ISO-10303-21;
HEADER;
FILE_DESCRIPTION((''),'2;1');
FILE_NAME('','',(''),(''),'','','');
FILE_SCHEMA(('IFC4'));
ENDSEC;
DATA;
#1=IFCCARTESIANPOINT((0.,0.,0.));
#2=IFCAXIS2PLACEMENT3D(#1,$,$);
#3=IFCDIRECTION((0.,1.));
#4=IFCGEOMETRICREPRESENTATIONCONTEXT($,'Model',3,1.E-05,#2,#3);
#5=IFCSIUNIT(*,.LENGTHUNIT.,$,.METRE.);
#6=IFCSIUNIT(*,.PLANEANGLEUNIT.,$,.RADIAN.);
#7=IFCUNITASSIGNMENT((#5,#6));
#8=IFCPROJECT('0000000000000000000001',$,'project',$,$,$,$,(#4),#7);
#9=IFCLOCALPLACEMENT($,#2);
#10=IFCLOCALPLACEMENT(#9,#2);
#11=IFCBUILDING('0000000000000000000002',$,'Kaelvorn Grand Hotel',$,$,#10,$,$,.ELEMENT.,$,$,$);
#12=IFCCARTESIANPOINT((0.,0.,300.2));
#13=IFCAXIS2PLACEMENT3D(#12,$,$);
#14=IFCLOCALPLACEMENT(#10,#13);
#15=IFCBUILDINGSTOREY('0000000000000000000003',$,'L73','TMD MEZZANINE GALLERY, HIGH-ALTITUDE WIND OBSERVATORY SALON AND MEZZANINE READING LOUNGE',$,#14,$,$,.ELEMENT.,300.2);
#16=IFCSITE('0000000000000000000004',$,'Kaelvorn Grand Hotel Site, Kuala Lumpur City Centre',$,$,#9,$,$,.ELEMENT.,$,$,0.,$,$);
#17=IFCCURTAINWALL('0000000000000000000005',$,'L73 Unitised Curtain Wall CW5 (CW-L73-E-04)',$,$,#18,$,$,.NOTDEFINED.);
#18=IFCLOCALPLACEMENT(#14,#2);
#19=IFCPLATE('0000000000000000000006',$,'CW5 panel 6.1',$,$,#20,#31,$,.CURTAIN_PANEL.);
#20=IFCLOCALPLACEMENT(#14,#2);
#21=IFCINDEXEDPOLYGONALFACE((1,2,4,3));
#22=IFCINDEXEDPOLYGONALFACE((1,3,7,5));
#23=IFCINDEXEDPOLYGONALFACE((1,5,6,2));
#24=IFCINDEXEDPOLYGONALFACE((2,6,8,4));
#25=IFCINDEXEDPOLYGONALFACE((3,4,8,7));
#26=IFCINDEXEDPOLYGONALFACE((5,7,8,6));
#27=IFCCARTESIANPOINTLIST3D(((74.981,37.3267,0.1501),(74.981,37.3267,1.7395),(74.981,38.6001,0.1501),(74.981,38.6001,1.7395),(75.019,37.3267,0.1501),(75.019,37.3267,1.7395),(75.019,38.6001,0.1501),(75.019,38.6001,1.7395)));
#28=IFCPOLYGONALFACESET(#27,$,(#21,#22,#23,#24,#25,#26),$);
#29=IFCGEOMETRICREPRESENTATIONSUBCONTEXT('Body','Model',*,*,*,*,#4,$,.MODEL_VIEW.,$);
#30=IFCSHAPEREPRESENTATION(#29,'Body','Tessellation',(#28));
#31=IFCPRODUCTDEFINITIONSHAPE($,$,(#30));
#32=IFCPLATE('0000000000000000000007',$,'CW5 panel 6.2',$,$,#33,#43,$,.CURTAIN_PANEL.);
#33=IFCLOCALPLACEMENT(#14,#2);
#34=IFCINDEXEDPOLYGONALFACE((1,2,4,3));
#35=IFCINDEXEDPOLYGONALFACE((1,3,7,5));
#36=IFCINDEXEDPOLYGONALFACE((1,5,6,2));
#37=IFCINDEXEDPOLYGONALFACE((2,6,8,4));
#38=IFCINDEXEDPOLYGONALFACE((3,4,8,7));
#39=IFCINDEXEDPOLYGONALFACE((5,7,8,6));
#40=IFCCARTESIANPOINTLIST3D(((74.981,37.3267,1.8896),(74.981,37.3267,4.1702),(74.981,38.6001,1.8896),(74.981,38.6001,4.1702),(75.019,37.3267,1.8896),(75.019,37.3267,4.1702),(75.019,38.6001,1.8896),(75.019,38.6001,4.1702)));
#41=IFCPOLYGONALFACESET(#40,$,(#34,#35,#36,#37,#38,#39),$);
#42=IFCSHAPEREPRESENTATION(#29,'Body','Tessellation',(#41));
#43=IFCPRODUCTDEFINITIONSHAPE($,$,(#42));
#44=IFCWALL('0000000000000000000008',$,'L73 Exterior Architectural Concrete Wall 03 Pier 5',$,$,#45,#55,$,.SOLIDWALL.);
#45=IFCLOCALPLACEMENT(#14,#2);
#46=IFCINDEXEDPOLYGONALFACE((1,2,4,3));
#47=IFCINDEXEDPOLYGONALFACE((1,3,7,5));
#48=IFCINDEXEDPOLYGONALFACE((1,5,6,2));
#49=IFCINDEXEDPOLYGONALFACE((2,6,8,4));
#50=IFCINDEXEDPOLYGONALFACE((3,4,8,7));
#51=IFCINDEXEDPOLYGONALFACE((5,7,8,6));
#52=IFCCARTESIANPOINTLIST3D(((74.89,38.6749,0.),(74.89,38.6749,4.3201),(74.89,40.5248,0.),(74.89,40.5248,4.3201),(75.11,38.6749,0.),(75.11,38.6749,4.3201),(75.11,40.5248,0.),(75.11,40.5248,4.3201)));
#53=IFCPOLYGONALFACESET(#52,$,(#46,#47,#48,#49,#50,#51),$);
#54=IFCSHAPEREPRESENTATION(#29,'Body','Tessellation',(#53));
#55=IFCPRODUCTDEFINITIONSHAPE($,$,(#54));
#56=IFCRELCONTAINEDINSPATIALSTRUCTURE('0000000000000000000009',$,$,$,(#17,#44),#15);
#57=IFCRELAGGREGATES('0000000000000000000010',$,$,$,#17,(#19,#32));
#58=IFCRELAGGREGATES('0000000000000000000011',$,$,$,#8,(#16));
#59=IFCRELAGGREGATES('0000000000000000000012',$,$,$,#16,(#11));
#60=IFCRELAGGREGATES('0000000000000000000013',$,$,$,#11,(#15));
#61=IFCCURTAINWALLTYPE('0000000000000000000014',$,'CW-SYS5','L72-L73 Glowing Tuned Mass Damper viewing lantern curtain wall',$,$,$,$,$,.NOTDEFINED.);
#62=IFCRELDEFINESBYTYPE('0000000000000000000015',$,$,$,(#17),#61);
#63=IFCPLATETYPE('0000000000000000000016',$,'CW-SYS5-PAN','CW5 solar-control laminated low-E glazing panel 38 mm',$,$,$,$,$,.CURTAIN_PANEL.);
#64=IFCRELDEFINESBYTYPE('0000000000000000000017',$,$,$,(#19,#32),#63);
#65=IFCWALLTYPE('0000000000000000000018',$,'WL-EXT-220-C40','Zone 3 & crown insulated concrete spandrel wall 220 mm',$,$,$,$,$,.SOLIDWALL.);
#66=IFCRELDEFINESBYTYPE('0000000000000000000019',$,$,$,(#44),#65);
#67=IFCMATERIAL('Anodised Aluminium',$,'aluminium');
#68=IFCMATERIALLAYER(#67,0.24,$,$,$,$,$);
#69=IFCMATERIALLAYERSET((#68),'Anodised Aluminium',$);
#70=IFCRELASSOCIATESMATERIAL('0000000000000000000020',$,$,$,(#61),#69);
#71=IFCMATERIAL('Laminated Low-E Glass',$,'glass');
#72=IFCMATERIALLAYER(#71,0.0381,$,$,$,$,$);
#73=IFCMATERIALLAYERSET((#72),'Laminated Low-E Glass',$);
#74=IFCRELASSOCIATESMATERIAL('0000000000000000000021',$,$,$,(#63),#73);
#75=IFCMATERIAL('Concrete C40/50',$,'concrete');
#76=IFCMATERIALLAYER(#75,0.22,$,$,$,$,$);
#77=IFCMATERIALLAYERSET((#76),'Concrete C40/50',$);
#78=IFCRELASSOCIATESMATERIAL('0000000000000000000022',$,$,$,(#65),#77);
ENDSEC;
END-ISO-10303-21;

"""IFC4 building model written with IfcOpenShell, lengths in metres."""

from ifc_helpers import new_model, si_unit, direction, frame, frame_2d, origin, origin_2d, place, context, subcontext, project, spatial, rectangle, extrude, material, layer, layer_set, type_object, element, aggregate, save


model = new_model("IFC4")

# Units and contexts
model_context = context("Model", 3, precision=1e-05, world=origin(), true_north=direction((0.0, 1.0)))
body_context = subcontext(model_context, "Body", "Model", "MODEL_VIEW")
ifc_project = project(units=[si_unit("LENGTHUNIT", "METRE"), si_unit("PLANEANGLEUNIT", "RADIAN")], contexts=[model_context])

# Site, building, storey
site_placement = place(None, origin())
site = spatial("IfcSite", under=ifc_project, at=site_placement, Name="Kaelvorn Grand Hotel Site, Kuala Lumpur City Centre", CompositionType="ELEMENT", RefElevation=0.0)
building_placement = place(site_placement, origin())
building = spatial("IfcBuilding", under=site, at=building_placement, Name="Kaelvorn Grand Hotel", CompositionType="ELEMENT")
storey_placement = place(building_placement, frame((0.0, 0.0, 300.2)))
storey = spatial("IfcBuildingStorey", under=building, at=storey_placement, Name="L73", Description="TMD MEZZANINE GALLERY, HIGH-ALTITUDE WIND OBSERVATORY SALON AND MEZZANINE READING LOUNGE", CompositionType="ELEMENT", Elevation=300.2)

# Curtain wall, plates
ifc_material_1 = material(Name="Anodised Aluminium", Category="aluminium")
ifc_layer_1 = layer(ifc_material_1, 0.24)
ifc_layer_set_1 = layer_set([ifc_layer_1], Name="Anodised Aluminium")
curtain_wall_type = type_object("IfcCurtainWallType", Name="CW-SYS5", Description="L72-L73 Glowing Tuned Mass Damper viewing lantern curtain wall", PredefinedType="NOTDEFINED", material=ifc_layer_set_1)
curtain_wall_placement = place(storey_placement, origin())
curtain_wall = element("IfcCurtainWall", 1, at=curtain_wall_placement, inside=storey, type_object=curtain_wall_type, Name="L73 Unitised Curtain Wall CW5 (CW-L73-E-04)", PredefinedType="NOTDEFINED")
ifc_material_2 = material(Name="Laminated Low-E Glass", Category="glass")
ifc_layer_2 = layer(ifc_material_2, 0.0381)
ifc_layer_set_2 = layer_set([ifc_layer_2], Name="Laminated Low-E Glass")
plate_type = type_object("IfcPlateType", Name="CW-SYS5-PAN", Description="CW5 solar-control laminated low-E glazing panel 38 mm", PredefinedType="CURTAIN_PANEL", material=ifc_layer_set_2)
plate_1_placement = place(storey_placement, frame((75.0, 37.9634, 0.1501), z_axis=(0.0, 0.0, 1.0), x_axis=(0.0, 1.0, 0.0)))
plate_1 = element("IfcPlate", 2, at=plate_1_placement, type_object=plate_type, Name="CW5 panel 6.1", PredefinedType="CURTAIN_PANEL", context=body_context, shape_type="SweptSolid", body=[
    extrude(rectangle(XDim=1.2734, YDim=0.0381, at=origin_2d()), origin(), (0.0, 0.0, 1.0), 1.5894),
])
plate_2_placement = place(storey_placement, frame((75.0, 37.9634, 1.8896), z_axis=(0.0, 0.0, 1.0), x_axis=(0.0, 1.0, 0.0)))
plate_2 = element("IfcPlate", 3, at=plate_2_placement, type_object=plate_type, Name="CW5 panel 6.2", PredefinedType="CURTAIN_PANEL", context=body_context, shape_type="SweptSolid", body=[
    extrude(rectangle(XDim=1.2734, YDim=0.0381, at=origin_2d()), origin(), (0.0, 0.0, 1.0), 2.2805),
])
aggregate(curtain_wall, [plate_1, plate_2])

# Wall
ifc_material_3 = material(Name="Concrete C40/50", Category="concrete")
ifc_layer_3 = layer(ifc_material_3, 0.22)
ifc_layer_set_3 = layer_set([ifc_layer_3], Name="Concrete C40/50")
wall_type = type_object("IfcWallType", Name="WL-EXT-220-C40", Description="Zone 3 & crown insulated concrete spandrel wall 220 mm", PredefinedType="SOLIDWALL", material=ifc_layer_set_3)
wall_placement = place(storey_placement, frame((75.0, 38.675, 0.0), z_axis=(0.0, 0.0, 1.0), x_axis=(0.0, 1.0, 0.0)))
element("IfcWall", 4, at=wall_placement, inside=storey, type_object=wall_type, Name="L73 Exterior Architectural Concrete Wall 03 Pier 5", PredefinedType="SOLIDWALL", context=body_context, shape_type="SweptSolid", body=[
    extrude(rectangle(XDim=1.8499, YDim=0.22, at=frame_2d((0.9248, 0.0))), origin(), (0.0, 0.0, 1.0), 4.3201),
])

save(model, "model.ifc")
